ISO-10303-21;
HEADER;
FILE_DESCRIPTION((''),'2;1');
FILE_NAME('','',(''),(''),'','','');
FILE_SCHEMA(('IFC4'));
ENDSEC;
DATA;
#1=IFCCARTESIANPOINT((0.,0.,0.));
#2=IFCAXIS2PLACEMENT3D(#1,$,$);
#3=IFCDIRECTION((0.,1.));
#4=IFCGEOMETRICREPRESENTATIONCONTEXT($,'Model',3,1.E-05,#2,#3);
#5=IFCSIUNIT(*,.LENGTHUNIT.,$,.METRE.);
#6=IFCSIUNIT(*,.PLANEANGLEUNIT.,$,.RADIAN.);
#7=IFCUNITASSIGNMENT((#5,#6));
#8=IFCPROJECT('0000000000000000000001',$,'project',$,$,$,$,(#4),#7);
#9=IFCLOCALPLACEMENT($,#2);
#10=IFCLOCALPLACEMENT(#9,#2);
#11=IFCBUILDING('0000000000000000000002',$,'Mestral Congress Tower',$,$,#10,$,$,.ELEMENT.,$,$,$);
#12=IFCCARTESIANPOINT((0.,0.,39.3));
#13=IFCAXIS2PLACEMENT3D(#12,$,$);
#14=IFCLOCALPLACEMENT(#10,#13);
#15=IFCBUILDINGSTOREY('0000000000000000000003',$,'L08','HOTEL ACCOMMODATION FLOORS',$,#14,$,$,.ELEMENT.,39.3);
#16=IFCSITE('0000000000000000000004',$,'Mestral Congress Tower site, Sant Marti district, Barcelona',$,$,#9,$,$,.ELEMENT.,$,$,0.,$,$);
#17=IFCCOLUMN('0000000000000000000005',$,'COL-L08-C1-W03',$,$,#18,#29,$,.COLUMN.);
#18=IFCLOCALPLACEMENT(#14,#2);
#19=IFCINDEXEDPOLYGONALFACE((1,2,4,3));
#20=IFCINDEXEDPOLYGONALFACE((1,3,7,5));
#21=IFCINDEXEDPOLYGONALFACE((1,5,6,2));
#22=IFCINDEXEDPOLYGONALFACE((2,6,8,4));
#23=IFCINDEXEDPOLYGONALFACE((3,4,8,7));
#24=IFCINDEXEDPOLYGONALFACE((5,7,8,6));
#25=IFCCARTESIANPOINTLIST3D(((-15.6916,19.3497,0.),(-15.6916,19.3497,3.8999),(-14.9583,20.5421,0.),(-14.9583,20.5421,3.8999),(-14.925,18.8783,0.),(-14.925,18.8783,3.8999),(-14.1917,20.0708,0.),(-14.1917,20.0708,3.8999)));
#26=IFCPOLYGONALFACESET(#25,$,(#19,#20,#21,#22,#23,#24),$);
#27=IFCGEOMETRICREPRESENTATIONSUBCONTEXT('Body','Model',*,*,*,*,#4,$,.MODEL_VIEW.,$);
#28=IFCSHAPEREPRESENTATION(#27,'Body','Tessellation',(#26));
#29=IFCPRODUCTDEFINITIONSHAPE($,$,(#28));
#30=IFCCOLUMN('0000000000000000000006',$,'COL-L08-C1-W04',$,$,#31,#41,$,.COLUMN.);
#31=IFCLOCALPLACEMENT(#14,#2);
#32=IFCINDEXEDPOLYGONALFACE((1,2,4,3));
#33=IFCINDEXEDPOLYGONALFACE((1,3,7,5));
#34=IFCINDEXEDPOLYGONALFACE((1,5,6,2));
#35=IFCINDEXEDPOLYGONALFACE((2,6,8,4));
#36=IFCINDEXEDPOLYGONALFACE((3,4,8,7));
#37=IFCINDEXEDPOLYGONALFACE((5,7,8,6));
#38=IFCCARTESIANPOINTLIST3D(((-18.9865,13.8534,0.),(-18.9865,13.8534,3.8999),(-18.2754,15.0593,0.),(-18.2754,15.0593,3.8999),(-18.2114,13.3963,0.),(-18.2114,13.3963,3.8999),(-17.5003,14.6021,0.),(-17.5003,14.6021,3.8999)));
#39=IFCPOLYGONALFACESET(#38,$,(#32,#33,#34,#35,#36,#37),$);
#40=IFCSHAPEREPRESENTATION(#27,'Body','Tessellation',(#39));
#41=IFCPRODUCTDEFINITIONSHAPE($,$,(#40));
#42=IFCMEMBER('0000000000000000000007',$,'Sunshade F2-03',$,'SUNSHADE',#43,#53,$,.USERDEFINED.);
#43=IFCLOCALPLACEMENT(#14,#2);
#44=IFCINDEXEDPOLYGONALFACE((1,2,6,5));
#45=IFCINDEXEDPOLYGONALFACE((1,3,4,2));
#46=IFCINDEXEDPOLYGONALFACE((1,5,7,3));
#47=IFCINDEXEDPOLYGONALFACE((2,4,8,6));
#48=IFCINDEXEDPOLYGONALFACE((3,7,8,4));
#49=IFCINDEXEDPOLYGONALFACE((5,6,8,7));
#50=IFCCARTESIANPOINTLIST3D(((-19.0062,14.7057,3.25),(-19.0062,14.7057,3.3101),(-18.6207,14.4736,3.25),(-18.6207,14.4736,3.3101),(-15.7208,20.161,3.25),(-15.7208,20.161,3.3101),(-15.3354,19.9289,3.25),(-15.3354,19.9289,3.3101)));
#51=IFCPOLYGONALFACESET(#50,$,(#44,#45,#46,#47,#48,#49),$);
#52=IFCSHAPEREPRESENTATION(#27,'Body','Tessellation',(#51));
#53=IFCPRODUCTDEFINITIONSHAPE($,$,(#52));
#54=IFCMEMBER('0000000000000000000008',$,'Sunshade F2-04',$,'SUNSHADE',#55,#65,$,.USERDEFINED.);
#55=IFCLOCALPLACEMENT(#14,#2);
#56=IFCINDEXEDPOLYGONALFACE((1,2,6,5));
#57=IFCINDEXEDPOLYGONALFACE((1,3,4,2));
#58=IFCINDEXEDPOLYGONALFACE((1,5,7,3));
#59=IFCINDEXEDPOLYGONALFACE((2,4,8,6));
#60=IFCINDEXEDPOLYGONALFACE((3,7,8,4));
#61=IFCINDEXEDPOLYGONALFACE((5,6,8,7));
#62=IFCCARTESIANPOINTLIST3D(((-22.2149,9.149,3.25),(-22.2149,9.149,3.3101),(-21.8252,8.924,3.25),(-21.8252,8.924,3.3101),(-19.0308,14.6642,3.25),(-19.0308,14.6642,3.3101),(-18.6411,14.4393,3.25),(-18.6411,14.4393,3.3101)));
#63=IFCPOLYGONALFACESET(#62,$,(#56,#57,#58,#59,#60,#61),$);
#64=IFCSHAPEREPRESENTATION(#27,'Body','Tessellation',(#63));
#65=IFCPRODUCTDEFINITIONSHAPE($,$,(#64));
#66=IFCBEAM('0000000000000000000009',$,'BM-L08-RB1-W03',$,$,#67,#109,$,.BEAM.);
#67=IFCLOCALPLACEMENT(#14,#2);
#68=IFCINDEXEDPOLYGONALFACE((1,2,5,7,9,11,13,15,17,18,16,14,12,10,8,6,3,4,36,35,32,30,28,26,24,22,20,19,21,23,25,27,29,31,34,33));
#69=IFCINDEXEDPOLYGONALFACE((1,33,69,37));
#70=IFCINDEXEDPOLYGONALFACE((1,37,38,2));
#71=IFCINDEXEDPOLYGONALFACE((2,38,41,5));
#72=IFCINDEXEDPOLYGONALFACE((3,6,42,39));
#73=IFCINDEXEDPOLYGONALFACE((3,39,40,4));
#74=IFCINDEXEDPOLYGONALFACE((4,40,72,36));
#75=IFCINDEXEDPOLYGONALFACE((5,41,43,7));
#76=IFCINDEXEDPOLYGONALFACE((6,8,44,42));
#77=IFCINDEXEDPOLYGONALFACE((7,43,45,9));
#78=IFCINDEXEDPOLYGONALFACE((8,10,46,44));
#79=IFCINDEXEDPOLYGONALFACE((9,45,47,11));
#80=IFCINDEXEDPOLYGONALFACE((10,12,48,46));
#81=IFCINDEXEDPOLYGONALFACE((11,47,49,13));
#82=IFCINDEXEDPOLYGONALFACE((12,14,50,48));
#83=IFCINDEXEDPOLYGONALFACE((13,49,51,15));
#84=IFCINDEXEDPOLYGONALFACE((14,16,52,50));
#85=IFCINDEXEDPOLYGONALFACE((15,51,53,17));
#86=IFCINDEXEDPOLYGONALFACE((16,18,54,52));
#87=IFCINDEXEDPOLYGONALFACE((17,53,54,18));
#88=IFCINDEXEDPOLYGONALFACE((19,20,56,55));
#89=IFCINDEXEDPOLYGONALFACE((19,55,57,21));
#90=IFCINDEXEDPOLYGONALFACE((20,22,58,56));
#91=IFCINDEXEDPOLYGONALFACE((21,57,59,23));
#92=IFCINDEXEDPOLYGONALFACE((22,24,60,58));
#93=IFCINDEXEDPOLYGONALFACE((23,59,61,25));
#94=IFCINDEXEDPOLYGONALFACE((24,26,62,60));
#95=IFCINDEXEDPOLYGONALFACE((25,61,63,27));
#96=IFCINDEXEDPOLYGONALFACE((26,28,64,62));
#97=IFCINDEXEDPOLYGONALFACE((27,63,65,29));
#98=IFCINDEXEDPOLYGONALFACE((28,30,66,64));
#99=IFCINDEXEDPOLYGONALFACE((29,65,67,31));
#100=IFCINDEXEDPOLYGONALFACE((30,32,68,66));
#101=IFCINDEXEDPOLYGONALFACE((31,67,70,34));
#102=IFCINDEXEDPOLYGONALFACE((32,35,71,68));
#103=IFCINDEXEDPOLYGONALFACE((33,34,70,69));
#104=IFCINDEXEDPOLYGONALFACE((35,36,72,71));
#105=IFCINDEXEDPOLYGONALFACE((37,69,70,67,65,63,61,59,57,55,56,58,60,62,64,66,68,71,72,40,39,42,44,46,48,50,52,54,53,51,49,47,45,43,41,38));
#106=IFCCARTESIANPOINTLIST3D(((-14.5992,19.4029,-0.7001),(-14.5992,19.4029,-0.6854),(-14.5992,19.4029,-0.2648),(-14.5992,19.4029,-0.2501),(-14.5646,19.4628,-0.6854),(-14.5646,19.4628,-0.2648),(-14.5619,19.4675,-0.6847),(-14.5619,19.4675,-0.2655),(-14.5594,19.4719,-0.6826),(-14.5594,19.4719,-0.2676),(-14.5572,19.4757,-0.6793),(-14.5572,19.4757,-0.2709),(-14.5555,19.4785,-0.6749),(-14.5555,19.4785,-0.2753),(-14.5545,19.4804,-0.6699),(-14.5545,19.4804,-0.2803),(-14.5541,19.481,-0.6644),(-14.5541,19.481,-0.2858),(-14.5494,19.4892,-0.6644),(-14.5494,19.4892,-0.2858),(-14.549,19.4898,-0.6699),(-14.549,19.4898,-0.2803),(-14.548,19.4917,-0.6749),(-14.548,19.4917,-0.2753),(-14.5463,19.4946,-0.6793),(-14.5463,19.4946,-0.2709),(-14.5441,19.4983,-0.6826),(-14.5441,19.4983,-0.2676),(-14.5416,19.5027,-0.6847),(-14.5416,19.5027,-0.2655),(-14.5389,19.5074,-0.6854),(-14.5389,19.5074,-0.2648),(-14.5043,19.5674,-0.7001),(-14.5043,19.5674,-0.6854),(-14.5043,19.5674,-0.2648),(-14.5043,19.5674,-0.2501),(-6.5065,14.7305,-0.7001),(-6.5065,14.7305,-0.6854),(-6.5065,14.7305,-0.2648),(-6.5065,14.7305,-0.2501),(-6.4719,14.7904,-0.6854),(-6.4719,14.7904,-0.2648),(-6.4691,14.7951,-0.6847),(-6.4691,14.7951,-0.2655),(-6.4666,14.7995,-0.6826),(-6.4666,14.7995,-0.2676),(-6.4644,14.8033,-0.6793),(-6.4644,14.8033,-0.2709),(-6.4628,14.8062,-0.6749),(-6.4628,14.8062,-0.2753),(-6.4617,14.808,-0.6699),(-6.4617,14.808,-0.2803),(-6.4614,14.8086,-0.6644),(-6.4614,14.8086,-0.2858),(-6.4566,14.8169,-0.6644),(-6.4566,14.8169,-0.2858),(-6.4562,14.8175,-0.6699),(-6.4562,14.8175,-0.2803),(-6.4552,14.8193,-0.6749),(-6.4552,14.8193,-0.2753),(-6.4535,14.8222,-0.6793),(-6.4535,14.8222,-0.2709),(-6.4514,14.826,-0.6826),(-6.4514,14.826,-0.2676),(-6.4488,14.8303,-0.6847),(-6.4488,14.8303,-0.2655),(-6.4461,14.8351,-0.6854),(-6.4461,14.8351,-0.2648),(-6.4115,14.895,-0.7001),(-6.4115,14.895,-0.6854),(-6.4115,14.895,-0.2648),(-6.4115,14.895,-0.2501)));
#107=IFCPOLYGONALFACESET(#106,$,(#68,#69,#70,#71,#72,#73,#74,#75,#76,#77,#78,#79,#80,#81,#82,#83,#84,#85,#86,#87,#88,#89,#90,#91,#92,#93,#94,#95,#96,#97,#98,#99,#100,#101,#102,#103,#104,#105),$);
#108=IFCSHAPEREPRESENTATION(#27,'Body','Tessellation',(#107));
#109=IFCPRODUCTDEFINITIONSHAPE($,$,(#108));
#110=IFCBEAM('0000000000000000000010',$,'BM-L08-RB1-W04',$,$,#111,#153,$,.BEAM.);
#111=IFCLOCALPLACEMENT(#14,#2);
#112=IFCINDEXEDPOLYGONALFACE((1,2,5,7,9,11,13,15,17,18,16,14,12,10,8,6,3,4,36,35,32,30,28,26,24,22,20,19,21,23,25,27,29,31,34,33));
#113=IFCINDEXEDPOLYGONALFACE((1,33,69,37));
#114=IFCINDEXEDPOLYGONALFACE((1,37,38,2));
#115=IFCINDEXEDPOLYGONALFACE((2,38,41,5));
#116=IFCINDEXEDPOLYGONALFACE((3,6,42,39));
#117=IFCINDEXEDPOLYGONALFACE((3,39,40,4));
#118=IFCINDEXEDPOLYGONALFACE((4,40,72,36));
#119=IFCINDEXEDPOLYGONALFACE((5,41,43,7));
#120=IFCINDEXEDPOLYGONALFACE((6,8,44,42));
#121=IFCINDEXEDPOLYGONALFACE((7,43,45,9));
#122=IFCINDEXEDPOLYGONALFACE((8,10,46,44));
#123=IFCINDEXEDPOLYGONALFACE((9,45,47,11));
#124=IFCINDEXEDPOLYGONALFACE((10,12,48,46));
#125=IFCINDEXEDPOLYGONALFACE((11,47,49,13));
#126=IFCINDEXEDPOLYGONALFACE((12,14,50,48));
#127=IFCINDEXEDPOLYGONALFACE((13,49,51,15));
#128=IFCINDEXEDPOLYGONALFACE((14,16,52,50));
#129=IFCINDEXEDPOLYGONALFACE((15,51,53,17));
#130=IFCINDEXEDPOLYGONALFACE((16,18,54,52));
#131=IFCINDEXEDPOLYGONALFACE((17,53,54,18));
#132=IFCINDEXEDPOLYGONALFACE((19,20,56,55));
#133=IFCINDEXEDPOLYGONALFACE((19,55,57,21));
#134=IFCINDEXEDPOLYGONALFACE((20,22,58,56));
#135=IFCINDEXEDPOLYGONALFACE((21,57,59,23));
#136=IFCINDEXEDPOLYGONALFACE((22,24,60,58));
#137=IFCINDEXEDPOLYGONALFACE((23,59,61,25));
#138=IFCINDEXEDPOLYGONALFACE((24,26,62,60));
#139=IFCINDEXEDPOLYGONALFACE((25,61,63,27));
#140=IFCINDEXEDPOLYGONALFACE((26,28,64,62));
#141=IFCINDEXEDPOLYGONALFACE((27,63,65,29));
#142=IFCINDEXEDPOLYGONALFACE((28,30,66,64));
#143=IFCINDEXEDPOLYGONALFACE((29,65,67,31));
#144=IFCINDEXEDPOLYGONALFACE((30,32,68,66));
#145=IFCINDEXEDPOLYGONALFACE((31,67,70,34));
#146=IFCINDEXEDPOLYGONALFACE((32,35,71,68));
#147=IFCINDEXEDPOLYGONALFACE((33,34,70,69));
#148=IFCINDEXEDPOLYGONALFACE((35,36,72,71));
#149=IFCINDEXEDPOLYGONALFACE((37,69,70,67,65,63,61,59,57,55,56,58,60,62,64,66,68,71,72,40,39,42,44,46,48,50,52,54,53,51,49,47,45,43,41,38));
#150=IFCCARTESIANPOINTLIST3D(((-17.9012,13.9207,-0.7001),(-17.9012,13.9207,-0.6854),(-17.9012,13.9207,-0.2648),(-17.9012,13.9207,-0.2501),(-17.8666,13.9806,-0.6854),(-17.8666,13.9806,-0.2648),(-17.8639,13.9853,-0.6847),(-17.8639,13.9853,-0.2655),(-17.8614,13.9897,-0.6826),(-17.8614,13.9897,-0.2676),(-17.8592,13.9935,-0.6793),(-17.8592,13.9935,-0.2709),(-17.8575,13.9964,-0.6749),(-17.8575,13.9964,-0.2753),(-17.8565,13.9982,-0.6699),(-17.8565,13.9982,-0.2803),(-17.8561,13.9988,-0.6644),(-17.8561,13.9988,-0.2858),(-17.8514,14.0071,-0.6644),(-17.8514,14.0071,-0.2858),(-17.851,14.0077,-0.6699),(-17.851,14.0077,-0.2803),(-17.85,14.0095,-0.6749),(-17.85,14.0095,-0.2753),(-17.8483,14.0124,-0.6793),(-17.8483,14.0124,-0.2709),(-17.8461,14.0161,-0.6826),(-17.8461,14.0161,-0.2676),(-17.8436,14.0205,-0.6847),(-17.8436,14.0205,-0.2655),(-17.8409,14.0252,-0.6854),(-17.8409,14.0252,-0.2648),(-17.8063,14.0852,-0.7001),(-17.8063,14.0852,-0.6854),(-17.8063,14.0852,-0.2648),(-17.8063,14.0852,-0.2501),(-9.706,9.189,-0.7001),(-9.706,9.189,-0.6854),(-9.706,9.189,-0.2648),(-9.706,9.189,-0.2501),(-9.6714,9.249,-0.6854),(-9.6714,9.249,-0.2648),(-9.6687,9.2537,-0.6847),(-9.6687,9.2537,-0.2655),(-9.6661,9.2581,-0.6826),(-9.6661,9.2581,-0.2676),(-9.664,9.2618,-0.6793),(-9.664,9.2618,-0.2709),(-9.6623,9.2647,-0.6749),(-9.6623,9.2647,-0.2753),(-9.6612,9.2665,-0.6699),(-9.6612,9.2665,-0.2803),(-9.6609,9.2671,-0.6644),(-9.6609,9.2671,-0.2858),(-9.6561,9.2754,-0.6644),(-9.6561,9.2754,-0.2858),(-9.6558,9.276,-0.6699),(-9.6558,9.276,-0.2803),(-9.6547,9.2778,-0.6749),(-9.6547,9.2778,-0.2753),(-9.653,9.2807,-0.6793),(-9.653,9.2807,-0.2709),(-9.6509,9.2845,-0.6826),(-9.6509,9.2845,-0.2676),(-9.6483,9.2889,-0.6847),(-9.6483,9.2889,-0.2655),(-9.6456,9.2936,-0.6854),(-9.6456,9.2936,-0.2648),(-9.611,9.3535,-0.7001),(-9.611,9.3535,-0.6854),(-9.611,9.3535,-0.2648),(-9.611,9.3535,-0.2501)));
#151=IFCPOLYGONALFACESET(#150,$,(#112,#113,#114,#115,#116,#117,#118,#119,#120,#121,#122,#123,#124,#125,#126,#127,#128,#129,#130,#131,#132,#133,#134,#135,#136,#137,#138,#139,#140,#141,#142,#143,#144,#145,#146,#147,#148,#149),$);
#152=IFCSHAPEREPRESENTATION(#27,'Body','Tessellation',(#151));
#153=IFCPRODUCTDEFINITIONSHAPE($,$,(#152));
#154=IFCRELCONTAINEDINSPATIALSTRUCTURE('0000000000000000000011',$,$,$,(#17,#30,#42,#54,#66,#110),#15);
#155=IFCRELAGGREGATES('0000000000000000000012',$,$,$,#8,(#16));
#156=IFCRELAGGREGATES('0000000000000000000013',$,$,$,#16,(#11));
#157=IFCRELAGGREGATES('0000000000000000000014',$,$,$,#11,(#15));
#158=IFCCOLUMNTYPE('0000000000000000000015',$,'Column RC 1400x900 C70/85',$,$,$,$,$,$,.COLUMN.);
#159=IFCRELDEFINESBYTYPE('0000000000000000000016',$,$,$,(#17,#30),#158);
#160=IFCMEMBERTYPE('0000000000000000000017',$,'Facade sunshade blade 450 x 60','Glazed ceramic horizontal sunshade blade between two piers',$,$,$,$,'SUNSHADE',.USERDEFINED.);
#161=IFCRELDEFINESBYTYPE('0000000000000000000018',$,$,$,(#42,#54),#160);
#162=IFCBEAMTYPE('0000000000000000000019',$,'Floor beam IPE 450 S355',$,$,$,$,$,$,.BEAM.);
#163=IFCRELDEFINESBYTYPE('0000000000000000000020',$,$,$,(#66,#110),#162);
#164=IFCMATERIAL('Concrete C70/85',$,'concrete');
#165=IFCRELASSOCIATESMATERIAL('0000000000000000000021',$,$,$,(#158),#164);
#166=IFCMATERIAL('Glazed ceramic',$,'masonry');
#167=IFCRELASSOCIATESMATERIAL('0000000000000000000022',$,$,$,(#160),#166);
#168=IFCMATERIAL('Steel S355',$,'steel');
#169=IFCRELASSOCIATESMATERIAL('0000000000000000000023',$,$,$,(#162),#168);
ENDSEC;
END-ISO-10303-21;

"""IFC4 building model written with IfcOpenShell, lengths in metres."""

from ifc_helpers import new_model, si_unit, direction, frame, origin, origin_2d, place, context, subcontext, project, spatial, rectangle, i_section, extrude, material, material_profile, profile_set, type_object, element, save


model = new_model("IFC4")

# Units and contexts
model_context = context("Model", 3, precision=1e-05, world=origin(), true_north=direction((0.0, 1.0)))
body_context = subcontext(model_context, "Body", "Model", "MODEL_VIEW")
ifc_project = project(units=[si_unit("LENGTHUNIT", "METRE"), si_unit("PLANEANGLEUNIT", "RADIAN")], contexts=[model_context])

# Site, building, storey
site_placement = place(None, origin())
site = spatial("IfcSite", under=ifc_project, at=site_placement, Name="Mestral Congress Tower site, Sant Marti district, Barcelona", CompositionType="ELEMENT", RefElevation=0.0)
building_placement = place(site_placement, origin())
building = spatial("IfcBuilding", under=site, at=building_placement, Name="Mestral Congress Tower", CompositionType="ELEMENT")
storey_placement = place(building_placement, frame((0.0, 0.0, 39.3)))
storey = spatial("IfcBuildingStorey", under=building, at=storey_placement, Name="L08", Description="HOTEL ACCOMMODATION FLOORS", CompositionType="ELEMENT", Elevation=39.3)

# Columns
ifc_material_1 = material(Name="Concrete C70/85", Category="concrete")
ifc_material_profile_1 = material_profile(ifc_material_1, rectangle(XDim=1.3999, YDim=0.8999, at=origin_2d()), Name="RC 1400x900")
ifc_profile_set_1 = profile_set([ifc_material_profile_1], Name="Concrete C70/85")
column_type = type_object("IfcColumnType", Name="Column RC 1400x900 C70/85", PredefinedType="COLUMN", material=ifc_profile_set_1)
for number, where, z_axis, x_axis, name in (
    (1, (-14.9417, 19.7102, 0.0), (0.0, 0.0, 1.0), (-0.523819, -0.851829, 0.0), "COL-L08-C1-W03"),
    (2, (-18.2434, 14.2278, 0.0), (0.0, 0.0, 1.0), (-0.507983, -0.861367, 0.0), "COL-L08-C1-W04"),
):
    element("IfcColumn", number, at=place(storey_placement, frame(where, z_axis=z_axis, x_axis=x_axis)), inside=storey, type_object=column_type, Name=name, PredefinedType="COLUMN", context=body_context, shape_type="SweptSolid", body=[
        extrude(rectangle(XDim=1.3999, YDim=0.8999, at=origin_2d()), origin(), (0.0, 0.0, 1.0), 3.8999),
    ])

# Members
ifc_material_2 = material(Name="Glazed ceramic", Category="masonry")
ifc_material_profile_2 = material_profile(ifc_material_2, rectangle(XDim=0.45, YDim=0.0601, at=origin_2d()), Name="Ceramic blade 450 x 60")
ifc_profile_set_2 = profile_set([ifc_material_profile_2], Name="Glazed ceramic")
member_type = type_object("IfcMemberType", Name="Facade sunshade blade 450 x 60", Description="Glazed ceramic horizontal sunshade blade between two piers", ElementType="SUNSHADE", PredefinedType="USERDEFINED", material=ifc_profile_set_2)
member_1_placement = place(storey_placement, frame((-15.5281, 20.0449, 3.28), z_axis=(-0.515905, -0.856646, 0.0), x_axis=(0.856646, -0.515905, 0.0)))
element("IfcMember", 3, at=member_1_placement, inside=storey, type_object=member_type, Name="Sunshade F2-03", ObjectType="SUNSHADE", PredefinedType="USERDEFINED", context=body_context, shape_type="SweptSolid", body=[
    extrude(rectangle(XDim=0.45, YDim=0.0601, at=origin_2d()), origin(), (0.0, 0.0, 1.0), 6.3682),
])
member_2_placement = place(storey_placement, frame((-18.8359, 14.5518, 3.28), z_axis=(-0.49999, -0.866031, 0.0), x_axis=(0.866031, -0.49999, 0.0)))
element("IfcMember", 4, at=member_2_placement, inside=storey, type_object=member_type, Name="Sunshade F2-04", ObjectType="SUNSHADE", PredefinedType="USERDEFINED", context=body_context, shape_type="SweptSolid", body=[
    extrude(rectangle(XDim=0.45, YDim=0.0601, at=origin_2d()), origin(), (0.0, 0.0, 1.0), 6.3684),
])

# Beams
ifc_material_3 = material(Name="Steel S355", Category="steel")
ifc_material_profile_3 = material_profile(ifc_material_3, i_section(OverallWidth=0.1899, OverallDepth=0.45, WebThickness=0.0095, FlangeThickness=0.0146, FilletRadius=0.021, at=origin_2d()), Name="IPE 450")
ifc_profile_set_3 = profile_set([ifc_material_profile_3], Name="Steel S355")
beam_type_1 = type_object("IfcBeamType", Name="Floor beam IPE 450 S355", PredefinedType="BEAM", material=ifc_profile_set_3)
beam_1_placement = place(storey_placement, frame((-14.5518, 19.4851, -0.4751), z_axis=(0.866025, -0.5, 0.0), x_axis=(0.5, 0.866025, 0.0)))
element("IfcBeam", 5, at=beam_1_placement, inside=storey, type_object=beam_type_1, Name="BM-L08-RB1-W03", PredefinedType="BEAM", context=body_context, shape_type="SweptSolid", body=[
    extrude(i_section(OverallWidth=0.1899, OverallDepth=0.45, WebThickness=0.0095, FlangeThickness=0.0146, FilletRadius=0.021, at=origin_2d()), origin(), (0.0, 0.0, 1.0), 9.3447),
])
beam_2_placement = place(storey_placement, frame((-17.8538, 14.0029, -0.4751), z_axis=(0.86602, -0.50001, 0.0), x_axis=(0.50001, 0.86602, 0.0)))
element("IfcBeam", 6, at=beam_2_placement, inside=storey, type_object=beam_type_1, Name="BM-L08-RB1-W04", PredefinedType="BEAM", context=body_context, shape_type="SweptSolid", body=[
    extrude(i_section(OverallWidth=0.1899, OverallDepth=0.45, WebThickness=0.0095, FlangeThickness=0.0146, FilletRadius=0.021, at=origin_2d()), origin(), (0.0, 0.0, 1.0), 9.4631),
])

save(model, "model.ifc")
